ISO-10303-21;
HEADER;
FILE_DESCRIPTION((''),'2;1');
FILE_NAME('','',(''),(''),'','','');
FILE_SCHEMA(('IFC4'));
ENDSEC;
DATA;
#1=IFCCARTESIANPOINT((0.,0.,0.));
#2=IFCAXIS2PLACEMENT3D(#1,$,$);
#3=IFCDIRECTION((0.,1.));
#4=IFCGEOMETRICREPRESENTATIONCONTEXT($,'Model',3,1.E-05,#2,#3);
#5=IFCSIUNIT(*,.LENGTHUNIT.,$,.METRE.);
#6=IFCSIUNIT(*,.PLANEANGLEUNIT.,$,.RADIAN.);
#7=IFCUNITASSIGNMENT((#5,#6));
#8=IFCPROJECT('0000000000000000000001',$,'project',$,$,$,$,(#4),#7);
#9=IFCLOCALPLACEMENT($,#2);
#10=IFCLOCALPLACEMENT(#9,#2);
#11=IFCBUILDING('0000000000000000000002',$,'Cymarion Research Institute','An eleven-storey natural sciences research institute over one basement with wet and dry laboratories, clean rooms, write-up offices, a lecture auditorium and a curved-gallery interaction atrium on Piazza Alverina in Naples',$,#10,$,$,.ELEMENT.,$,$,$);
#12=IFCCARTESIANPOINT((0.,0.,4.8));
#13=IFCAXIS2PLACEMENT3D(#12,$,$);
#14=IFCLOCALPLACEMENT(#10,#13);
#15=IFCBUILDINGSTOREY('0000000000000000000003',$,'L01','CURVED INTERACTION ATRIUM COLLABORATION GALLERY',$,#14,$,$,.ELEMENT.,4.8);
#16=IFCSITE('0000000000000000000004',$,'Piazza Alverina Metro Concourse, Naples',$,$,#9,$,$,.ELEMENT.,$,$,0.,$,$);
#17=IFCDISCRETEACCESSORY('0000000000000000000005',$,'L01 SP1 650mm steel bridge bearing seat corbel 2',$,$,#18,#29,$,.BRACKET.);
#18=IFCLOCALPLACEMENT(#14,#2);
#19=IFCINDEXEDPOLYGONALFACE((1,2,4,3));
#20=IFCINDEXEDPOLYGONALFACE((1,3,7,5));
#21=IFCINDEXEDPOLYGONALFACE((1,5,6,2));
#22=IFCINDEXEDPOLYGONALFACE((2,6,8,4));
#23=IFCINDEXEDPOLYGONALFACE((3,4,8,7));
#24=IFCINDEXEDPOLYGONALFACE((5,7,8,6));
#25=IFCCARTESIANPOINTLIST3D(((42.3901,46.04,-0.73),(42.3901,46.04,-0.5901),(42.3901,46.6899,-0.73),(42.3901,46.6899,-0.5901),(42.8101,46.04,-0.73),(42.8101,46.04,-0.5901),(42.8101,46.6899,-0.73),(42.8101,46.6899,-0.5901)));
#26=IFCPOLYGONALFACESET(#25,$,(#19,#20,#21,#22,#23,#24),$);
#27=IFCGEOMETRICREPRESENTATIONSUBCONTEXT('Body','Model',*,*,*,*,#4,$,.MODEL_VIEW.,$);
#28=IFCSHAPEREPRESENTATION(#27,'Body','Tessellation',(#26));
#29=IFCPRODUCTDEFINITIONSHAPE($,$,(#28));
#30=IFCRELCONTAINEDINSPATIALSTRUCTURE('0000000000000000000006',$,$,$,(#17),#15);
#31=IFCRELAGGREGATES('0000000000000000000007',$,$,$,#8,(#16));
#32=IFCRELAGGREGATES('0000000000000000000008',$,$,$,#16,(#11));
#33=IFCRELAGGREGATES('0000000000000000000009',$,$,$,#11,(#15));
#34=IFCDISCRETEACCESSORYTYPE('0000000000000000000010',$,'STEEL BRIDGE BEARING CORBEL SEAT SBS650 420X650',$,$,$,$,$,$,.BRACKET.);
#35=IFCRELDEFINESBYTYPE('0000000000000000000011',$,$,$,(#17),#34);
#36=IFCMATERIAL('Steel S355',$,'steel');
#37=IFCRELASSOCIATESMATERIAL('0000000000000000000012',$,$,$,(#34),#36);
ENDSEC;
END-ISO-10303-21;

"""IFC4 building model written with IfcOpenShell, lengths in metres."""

from ifc_helpers import new_model, si_unit, direction, frame, origin, origin_2d, place, context, subcontext, project, spatial, rectangle, extrude, material, type_object, element, save


model = new_model("IFC4")

# Units and contexts
model_context = context("Model", 3, precision=1e-05, world=origin(), true_north=direction((0.0, 1.0)))
body_context = subcontext(model_context, "Body", "Model", "MODEL_VIEW")
ifc_project = project(units=[si_unit("LENGTHUNIT", "METRE"), si_unit("PLANEANGLEUNIT", "RADIAN")], contexts=[model_context])

# Site, building, storey
site_placement = place(None, origin())
site = spatial("IfcSite", under=ifc_project, at=site_placement, Name="Piazza Alverina Metro Concourse, Naples", CompositionType="ELEMENT", RefElevation=0.0)
building_placement = place(site_placement, origin())
building = spatial("IfcBuilding", under=site, at=building_placement, Name="Cymarion Research Institute", Description="An eleven-storey natural sciences research institute over one basement with wet and dry laboratories, clean rooms, write-up offices, a lecture auditorium and a curved-gallery interaction atrium on Piazza Alverina in Naples", CompositionType="ELEMENT")
storey_placement = place(building_placement, frame((0.0, 0.0, 4.8)))
storey = spatial("IfcBuildingStorey", under=building, at=storey_placement, Name="L01", Description="CURVED INTERACTION ATRIUM COLLABORATION GALLERY", CompositionType="ELEMENT", Elevation=4.8)

# Shared definitions
ifc_material_1 = material(Name="Steel S355", Category="steel")

# Discrete accessory
discrete_accessory_type_1 = type_object("IfcDiscreteAccessoryType", Name="STEEL BRIDGE BEARING CORBEL SEAT SBS650 420X650", PredefinedType="BRACKET", material=ifc_material_1)
discrete_accessory_1_placement = place(storey_placement, frame((42.6001, 46.365, -0.73), z_axis=(0.0, 0.0, 1.0), x_axis=(1.0, 0.0, 0.0)))
element("IfcDiscreteAccessory", 1, at=discrete_accessory_1_placement, inside=storey, type_object=discrete_accessory_type_1, Name="L01 SP1 650mm steel bridge bearing seat corbel 2", PredefinedType="BRACKET", context=body_context, shape_type="SweptSolid", body=[
    extrude(rectangle(XDim=0.4199, YDim=0.6499, at=origin_2d()), origin(), (0.0, 0.0, 1.0), 0.1399),
])

save(model, "model.ifc")
